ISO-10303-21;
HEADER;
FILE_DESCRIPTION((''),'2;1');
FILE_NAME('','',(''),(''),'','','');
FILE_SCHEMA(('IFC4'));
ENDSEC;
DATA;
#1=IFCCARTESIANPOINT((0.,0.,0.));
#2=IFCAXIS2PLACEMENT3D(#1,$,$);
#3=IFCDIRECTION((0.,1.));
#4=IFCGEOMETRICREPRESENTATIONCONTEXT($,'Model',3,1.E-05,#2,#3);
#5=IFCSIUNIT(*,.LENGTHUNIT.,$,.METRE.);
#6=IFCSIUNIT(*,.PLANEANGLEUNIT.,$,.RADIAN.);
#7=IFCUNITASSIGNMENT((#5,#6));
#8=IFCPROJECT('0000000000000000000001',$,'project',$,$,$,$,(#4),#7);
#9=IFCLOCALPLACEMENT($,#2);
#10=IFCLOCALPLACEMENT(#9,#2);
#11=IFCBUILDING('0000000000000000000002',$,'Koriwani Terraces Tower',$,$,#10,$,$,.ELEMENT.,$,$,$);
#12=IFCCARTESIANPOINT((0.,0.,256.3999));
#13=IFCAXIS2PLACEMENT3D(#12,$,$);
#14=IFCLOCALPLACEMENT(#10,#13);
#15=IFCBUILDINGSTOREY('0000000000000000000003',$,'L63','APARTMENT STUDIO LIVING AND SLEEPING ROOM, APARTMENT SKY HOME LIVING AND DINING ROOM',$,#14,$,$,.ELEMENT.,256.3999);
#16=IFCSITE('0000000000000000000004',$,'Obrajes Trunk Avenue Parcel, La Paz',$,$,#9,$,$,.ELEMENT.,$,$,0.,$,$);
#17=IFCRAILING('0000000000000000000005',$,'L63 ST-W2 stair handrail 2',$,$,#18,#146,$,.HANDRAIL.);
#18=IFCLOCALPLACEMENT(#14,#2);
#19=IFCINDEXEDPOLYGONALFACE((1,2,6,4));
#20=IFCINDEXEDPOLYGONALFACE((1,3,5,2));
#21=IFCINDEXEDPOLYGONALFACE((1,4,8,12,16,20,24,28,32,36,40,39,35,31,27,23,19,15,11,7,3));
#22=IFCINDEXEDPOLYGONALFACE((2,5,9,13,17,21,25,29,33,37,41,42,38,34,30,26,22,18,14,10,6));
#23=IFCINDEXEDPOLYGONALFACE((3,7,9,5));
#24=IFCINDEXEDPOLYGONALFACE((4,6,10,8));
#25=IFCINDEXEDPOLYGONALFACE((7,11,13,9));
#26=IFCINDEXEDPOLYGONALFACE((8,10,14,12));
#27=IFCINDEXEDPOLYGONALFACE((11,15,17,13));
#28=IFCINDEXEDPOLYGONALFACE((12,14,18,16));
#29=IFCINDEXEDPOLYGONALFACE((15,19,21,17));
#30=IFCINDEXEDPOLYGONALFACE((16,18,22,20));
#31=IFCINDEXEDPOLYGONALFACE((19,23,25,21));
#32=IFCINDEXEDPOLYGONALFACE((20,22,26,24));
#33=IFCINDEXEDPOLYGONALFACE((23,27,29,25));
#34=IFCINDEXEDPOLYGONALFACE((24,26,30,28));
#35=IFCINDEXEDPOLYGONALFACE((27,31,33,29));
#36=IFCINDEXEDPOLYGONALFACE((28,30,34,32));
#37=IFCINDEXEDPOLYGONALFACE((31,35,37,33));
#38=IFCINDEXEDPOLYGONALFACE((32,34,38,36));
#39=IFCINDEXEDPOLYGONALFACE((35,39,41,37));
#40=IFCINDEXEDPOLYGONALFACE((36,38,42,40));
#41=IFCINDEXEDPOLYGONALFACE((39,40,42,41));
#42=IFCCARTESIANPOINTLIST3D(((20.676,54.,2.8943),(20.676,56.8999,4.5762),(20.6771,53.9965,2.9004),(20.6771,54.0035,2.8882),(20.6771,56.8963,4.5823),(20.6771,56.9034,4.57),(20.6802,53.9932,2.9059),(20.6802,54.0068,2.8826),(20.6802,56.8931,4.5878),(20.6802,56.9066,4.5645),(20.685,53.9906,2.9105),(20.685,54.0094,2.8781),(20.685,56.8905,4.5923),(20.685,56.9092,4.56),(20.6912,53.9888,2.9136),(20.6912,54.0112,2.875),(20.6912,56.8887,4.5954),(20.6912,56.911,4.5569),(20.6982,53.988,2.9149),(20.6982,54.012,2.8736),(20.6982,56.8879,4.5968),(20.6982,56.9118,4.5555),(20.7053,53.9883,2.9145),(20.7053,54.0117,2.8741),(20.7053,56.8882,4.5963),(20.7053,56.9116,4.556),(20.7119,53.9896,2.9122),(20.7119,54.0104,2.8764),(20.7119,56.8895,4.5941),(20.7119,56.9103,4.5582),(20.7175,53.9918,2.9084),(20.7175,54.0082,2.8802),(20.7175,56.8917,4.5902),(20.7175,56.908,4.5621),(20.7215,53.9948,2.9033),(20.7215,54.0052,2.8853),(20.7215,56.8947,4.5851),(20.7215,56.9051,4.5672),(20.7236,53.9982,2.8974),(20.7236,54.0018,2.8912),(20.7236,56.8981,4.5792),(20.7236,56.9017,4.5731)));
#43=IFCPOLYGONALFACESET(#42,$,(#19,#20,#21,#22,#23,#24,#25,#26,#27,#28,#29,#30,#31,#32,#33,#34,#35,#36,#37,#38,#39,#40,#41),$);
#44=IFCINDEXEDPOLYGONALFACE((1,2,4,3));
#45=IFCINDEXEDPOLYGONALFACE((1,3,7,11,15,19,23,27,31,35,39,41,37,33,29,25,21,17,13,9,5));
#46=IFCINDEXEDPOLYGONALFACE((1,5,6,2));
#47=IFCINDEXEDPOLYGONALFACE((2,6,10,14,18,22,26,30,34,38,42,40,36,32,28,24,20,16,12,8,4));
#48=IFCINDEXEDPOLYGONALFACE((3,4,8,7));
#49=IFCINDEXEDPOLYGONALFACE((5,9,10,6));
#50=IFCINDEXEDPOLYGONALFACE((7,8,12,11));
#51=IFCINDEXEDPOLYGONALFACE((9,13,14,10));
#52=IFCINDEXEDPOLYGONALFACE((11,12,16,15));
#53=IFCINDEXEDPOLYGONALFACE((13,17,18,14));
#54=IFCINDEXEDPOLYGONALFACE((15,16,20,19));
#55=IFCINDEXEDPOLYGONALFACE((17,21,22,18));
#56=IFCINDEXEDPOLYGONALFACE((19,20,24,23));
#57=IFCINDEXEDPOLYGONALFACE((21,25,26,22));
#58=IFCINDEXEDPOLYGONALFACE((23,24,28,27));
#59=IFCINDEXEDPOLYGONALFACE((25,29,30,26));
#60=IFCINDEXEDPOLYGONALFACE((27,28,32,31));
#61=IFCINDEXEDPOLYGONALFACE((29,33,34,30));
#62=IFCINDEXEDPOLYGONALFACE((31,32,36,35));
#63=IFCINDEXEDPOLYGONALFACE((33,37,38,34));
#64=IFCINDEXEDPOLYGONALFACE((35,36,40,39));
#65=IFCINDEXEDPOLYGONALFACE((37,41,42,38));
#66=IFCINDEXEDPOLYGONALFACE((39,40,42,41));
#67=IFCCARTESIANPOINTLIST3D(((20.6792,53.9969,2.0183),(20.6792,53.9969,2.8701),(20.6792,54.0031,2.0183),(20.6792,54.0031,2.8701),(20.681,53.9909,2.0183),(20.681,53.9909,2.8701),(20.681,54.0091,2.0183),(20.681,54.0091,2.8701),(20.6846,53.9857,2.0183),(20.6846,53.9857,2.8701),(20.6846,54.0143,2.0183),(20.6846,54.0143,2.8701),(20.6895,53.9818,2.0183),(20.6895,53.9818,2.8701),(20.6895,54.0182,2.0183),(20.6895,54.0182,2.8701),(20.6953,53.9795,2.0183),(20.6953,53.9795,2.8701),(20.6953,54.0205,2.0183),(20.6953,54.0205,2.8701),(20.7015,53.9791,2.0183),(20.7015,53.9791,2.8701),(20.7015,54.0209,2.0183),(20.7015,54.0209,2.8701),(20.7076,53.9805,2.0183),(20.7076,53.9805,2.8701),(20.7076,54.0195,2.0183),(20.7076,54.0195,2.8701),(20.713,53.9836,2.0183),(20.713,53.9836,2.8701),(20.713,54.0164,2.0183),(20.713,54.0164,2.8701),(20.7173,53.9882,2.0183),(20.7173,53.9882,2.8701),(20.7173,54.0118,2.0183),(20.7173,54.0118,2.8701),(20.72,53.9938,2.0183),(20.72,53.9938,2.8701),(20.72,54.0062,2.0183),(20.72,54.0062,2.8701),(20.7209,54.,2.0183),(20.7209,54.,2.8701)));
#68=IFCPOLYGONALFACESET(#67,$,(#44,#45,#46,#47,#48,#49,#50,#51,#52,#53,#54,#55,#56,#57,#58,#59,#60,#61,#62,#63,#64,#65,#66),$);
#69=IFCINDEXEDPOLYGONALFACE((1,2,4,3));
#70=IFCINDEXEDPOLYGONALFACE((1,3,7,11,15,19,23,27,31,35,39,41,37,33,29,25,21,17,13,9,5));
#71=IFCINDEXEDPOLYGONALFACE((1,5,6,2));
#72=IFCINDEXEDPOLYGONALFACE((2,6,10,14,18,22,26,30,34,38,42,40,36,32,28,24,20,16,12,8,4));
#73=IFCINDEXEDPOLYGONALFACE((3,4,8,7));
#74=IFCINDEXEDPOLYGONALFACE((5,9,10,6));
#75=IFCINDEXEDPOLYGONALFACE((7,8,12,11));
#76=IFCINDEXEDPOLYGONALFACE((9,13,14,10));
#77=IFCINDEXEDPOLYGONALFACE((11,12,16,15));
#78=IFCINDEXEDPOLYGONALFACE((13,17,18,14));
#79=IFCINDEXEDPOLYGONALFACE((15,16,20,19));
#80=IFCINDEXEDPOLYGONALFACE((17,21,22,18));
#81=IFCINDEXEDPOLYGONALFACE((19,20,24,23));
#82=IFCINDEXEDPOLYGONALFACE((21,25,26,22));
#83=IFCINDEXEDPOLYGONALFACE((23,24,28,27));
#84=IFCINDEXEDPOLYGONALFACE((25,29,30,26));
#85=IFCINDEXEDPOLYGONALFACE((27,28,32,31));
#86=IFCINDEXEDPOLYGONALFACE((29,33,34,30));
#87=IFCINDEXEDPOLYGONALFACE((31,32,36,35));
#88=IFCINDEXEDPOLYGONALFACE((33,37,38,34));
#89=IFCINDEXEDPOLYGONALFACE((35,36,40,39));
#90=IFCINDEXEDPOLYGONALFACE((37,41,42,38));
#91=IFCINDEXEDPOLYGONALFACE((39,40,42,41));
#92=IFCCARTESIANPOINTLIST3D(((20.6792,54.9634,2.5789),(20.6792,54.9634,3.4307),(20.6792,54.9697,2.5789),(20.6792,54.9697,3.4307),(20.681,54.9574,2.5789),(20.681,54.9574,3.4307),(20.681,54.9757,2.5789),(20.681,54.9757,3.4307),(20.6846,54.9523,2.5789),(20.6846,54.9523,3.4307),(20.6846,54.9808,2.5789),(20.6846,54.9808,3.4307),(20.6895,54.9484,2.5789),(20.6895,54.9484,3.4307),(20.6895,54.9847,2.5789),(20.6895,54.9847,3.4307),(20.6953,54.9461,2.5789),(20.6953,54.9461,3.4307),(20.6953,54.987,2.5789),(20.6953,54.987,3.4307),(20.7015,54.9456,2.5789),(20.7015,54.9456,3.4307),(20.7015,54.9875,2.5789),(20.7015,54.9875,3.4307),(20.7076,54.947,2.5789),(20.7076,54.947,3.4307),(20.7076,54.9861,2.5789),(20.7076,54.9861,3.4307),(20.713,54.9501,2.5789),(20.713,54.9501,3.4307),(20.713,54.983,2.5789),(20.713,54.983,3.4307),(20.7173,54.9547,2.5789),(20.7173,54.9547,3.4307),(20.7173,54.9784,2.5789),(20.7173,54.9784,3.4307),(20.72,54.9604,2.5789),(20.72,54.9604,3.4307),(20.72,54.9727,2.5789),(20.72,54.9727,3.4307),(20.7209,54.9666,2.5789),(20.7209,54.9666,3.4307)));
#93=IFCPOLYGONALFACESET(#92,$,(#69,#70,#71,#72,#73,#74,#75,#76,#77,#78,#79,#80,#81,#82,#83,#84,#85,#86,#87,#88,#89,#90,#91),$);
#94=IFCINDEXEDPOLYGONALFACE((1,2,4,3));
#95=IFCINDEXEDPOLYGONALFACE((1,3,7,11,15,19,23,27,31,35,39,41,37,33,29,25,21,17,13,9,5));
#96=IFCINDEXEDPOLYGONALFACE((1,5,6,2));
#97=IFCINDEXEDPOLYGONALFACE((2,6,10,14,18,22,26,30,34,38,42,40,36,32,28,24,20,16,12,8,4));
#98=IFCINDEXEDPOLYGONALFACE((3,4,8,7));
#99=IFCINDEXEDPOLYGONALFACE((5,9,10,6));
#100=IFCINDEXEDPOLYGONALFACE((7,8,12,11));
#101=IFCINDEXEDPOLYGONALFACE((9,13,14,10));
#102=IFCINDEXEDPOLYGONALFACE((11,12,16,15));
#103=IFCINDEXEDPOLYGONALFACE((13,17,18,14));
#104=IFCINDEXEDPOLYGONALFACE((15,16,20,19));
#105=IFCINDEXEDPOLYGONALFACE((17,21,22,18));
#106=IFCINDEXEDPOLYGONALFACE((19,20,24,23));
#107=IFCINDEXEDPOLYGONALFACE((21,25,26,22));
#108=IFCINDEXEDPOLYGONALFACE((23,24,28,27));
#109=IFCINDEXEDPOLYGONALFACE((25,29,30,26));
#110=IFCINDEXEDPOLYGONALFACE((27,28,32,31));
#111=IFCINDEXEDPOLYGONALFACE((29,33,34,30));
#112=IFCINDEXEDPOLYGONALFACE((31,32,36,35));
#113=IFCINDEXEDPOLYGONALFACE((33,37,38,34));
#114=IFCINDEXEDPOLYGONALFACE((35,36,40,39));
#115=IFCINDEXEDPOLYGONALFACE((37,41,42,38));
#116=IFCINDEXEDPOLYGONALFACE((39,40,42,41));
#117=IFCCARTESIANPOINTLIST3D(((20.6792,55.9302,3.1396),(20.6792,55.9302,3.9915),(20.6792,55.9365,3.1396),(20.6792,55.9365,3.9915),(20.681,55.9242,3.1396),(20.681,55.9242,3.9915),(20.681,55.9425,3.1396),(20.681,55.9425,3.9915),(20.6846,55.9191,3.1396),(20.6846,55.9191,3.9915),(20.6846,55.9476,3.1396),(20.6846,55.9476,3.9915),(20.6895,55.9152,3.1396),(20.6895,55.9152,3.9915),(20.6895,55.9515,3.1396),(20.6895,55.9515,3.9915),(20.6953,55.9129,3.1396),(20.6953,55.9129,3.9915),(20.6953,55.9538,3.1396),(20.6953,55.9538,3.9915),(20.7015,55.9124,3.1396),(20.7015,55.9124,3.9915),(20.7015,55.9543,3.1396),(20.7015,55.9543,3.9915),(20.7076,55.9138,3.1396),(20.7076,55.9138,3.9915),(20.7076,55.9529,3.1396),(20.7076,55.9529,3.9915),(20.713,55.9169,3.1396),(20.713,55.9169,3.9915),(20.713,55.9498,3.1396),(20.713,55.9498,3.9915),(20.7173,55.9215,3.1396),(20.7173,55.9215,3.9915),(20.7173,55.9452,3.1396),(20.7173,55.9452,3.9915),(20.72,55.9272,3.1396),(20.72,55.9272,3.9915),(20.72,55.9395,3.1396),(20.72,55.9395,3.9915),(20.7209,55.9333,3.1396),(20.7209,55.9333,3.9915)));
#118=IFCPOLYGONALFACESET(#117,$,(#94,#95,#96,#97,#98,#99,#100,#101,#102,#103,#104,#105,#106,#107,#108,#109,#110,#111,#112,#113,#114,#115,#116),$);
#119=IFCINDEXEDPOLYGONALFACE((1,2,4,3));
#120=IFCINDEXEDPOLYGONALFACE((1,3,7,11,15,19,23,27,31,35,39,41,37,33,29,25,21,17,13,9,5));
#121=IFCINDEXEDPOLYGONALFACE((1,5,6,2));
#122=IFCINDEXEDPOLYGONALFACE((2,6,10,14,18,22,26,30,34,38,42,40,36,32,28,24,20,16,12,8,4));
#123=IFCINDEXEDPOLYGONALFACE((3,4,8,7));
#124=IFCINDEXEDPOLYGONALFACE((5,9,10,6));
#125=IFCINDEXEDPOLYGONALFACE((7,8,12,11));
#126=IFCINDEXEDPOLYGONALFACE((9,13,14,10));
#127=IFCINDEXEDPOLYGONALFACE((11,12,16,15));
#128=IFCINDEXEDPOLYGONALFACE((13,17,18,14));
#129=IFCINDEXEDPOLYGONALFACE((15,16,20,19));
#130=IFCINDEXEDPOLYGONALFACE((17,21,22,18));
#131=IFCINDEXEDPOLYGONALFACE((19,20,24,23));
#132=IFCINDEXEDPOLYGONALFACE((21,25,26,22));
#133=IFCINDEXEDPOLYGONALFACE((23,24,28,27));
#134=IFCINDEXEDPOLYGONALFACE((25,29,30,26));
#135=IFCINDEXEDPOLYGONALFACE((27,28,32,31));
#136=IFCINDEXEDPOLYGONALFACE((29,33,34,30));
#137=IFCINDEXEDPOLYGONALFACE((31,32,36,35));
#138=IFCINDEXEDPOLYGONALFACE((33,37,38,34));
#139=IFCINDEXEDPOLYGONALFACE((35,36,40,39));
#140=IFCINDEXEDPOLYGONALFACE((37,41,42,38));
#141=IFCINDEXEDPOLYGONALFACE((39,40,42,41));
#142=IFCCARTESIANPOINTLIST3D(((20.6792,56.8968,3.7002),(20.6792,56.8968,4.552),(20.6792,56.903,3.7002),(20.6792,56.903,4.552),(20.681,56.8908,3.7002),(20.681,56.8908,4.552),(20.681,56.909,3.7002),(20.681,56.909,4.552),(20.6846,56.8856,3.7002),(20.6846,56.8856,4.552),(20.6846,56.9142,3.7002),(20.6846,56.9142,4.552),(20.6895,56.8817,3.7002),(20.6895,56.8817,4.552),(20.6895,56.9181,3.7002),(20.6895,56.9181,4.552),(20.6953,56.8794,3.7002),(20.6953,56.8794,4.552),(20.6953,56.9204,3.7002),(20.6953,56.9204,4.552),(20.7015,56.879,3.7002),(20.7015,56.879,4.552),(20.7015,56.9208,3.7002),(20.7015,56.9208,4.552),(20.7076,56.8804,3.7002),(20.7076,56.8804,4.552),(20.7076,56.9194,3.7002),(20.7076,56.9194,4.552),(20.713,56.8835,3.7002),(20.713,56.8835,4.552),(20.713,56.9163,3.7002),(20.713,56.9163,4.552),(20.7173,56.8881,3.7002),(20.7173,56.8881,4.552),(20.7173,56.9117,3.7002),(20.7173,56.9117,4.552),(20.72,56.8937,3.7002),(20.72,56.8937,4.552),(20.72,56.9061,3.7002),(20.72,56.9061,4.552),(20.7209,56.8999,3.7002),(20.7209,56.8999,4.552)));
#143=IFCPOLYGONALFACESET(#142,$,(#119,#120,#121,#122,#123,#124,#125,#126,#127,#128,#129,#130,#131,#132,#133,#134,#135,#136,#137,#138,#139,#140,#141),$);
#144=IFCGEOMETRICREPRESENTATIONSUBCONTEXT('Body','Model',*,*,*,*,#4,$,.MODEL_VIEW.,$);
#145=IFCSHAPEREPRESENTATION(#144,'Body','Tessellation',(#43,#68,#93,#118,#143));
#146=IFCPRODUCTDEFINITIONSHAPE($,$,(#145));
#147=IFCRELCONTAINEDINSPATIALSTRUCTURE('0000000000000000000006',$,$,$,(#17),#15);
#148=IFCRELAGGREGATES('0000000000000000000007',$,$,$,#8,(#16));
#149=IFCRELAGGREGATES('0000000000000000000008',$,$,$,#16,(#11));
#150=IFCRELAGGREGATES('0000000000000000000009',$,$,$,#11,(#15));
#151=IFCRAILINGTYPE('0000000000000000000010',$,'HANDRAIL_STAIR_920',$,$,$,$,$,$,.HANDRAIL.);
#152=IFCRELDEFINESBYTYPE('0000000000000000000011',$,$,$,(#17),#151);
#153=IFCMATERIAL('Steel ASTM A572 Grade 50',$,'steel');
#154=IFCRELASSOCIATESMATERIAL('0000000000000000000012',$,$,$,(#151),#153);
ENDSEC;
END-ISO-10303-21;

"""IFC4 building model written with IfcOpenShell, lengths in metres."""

from ifc_helpers import new_model, si_unit, direction, frame, origin, origin_2d, place, context, subcontext, project, spatial, circle, extrude, material, type_object, element, save


model = new_model("IFC4")

# Units and contexts
model_context = context("Model", 3, precision=1e-05, world=origin(), true_north=direction((0.0, 1.0)))
body_context = subcontext(model_context, "Body", "Model", "MODEL_VIEW")
ifc_project = project(units=[si_unit("LENGTHUNIT", "METRE"), si_unit("PLANEANGLEUNIT", "RADIAN")], contexts=[model_context])

# Site, building, storey
site_placement = place(None, origin())
site = spatial("IfcSite", under=ifc_project, at=site_placement, Name="Obrajes Trunk Avenue Parcel, La Paz", CompositionType="ELEMENT", RefElevation=0.0)
building_placement = place(site_placement, origin())
building = spatial("IfcBuilding", under=site, at=building_placement, Name="Koriwani Terraces Tower", CompositionType="ELEMENT")
storey_placement = place(building_placement, frame((0.0, 0.0, 256.3999)))
storey = spatial("IfcBuildingStorey", under=building, at=storey_placement, Name="L63", Description="APARTMENT STUDIO LIVING AND SLEEPING ROOM, APARTMENT SKY HOME LIVING AND DINING ROOM", CompositionType="ELEMENT", Elevation=256.3999)

# Shared definitions
ifc_material_1 = material(Name="Steel ASTM A572 Grade 50", Category="steel")

# Railing
railing_type = type_object("IfcRailingType", Name="HANDRAIL_STAIR_920", PredefinedType="HANDRAIL", material=ifc_material_1)
for number, where, name in (
    (1, (20.7, 54.0, 2.0183), "L63 ST-W2 stair handrail 2"),
):
    element("IfcRailing", number, at=place(storey_placement, frame(where)), inside=storey, type_object=railing_type, Name=name, PredefinedType="HANDRAIL", context=body_context, shape_type="SweptSolid", body=[
        extrude(circle(Radius=0.0239, at=origin_2d()), frame((0.0, 0.0, 0.876), z_axis=(0.0, 0.865039, 0.501705), x_axis=(-1.0, 0.0, 0.0)), (0.0, 0.0, 1.0), 3.3523),
        extrude(circle(Radius=0.021, at=origin_2d()), origin(), (0.0, 0.0, 1.0), 0.8518),
        extrude(circle(Radius=0.021, at=origin_2d()), frame((0.0, 0.9666, 0.5605)), (0.0, 0.0, 1.0), 0.8518),
        extrude(circle(Radius=0.021, at=origin_2d()), frame((0.0, 1.9333, 1.1213)), (0.0, 0.0, 1.0), 0.8518),
        extrude(circle(Radius=0.021, at=origin_2d()), frame((0.0, 2.8999, 1.6819)), (0.0, 0.0, 1.0), 0.8518),
    ])

save(model, "model.ifc")
